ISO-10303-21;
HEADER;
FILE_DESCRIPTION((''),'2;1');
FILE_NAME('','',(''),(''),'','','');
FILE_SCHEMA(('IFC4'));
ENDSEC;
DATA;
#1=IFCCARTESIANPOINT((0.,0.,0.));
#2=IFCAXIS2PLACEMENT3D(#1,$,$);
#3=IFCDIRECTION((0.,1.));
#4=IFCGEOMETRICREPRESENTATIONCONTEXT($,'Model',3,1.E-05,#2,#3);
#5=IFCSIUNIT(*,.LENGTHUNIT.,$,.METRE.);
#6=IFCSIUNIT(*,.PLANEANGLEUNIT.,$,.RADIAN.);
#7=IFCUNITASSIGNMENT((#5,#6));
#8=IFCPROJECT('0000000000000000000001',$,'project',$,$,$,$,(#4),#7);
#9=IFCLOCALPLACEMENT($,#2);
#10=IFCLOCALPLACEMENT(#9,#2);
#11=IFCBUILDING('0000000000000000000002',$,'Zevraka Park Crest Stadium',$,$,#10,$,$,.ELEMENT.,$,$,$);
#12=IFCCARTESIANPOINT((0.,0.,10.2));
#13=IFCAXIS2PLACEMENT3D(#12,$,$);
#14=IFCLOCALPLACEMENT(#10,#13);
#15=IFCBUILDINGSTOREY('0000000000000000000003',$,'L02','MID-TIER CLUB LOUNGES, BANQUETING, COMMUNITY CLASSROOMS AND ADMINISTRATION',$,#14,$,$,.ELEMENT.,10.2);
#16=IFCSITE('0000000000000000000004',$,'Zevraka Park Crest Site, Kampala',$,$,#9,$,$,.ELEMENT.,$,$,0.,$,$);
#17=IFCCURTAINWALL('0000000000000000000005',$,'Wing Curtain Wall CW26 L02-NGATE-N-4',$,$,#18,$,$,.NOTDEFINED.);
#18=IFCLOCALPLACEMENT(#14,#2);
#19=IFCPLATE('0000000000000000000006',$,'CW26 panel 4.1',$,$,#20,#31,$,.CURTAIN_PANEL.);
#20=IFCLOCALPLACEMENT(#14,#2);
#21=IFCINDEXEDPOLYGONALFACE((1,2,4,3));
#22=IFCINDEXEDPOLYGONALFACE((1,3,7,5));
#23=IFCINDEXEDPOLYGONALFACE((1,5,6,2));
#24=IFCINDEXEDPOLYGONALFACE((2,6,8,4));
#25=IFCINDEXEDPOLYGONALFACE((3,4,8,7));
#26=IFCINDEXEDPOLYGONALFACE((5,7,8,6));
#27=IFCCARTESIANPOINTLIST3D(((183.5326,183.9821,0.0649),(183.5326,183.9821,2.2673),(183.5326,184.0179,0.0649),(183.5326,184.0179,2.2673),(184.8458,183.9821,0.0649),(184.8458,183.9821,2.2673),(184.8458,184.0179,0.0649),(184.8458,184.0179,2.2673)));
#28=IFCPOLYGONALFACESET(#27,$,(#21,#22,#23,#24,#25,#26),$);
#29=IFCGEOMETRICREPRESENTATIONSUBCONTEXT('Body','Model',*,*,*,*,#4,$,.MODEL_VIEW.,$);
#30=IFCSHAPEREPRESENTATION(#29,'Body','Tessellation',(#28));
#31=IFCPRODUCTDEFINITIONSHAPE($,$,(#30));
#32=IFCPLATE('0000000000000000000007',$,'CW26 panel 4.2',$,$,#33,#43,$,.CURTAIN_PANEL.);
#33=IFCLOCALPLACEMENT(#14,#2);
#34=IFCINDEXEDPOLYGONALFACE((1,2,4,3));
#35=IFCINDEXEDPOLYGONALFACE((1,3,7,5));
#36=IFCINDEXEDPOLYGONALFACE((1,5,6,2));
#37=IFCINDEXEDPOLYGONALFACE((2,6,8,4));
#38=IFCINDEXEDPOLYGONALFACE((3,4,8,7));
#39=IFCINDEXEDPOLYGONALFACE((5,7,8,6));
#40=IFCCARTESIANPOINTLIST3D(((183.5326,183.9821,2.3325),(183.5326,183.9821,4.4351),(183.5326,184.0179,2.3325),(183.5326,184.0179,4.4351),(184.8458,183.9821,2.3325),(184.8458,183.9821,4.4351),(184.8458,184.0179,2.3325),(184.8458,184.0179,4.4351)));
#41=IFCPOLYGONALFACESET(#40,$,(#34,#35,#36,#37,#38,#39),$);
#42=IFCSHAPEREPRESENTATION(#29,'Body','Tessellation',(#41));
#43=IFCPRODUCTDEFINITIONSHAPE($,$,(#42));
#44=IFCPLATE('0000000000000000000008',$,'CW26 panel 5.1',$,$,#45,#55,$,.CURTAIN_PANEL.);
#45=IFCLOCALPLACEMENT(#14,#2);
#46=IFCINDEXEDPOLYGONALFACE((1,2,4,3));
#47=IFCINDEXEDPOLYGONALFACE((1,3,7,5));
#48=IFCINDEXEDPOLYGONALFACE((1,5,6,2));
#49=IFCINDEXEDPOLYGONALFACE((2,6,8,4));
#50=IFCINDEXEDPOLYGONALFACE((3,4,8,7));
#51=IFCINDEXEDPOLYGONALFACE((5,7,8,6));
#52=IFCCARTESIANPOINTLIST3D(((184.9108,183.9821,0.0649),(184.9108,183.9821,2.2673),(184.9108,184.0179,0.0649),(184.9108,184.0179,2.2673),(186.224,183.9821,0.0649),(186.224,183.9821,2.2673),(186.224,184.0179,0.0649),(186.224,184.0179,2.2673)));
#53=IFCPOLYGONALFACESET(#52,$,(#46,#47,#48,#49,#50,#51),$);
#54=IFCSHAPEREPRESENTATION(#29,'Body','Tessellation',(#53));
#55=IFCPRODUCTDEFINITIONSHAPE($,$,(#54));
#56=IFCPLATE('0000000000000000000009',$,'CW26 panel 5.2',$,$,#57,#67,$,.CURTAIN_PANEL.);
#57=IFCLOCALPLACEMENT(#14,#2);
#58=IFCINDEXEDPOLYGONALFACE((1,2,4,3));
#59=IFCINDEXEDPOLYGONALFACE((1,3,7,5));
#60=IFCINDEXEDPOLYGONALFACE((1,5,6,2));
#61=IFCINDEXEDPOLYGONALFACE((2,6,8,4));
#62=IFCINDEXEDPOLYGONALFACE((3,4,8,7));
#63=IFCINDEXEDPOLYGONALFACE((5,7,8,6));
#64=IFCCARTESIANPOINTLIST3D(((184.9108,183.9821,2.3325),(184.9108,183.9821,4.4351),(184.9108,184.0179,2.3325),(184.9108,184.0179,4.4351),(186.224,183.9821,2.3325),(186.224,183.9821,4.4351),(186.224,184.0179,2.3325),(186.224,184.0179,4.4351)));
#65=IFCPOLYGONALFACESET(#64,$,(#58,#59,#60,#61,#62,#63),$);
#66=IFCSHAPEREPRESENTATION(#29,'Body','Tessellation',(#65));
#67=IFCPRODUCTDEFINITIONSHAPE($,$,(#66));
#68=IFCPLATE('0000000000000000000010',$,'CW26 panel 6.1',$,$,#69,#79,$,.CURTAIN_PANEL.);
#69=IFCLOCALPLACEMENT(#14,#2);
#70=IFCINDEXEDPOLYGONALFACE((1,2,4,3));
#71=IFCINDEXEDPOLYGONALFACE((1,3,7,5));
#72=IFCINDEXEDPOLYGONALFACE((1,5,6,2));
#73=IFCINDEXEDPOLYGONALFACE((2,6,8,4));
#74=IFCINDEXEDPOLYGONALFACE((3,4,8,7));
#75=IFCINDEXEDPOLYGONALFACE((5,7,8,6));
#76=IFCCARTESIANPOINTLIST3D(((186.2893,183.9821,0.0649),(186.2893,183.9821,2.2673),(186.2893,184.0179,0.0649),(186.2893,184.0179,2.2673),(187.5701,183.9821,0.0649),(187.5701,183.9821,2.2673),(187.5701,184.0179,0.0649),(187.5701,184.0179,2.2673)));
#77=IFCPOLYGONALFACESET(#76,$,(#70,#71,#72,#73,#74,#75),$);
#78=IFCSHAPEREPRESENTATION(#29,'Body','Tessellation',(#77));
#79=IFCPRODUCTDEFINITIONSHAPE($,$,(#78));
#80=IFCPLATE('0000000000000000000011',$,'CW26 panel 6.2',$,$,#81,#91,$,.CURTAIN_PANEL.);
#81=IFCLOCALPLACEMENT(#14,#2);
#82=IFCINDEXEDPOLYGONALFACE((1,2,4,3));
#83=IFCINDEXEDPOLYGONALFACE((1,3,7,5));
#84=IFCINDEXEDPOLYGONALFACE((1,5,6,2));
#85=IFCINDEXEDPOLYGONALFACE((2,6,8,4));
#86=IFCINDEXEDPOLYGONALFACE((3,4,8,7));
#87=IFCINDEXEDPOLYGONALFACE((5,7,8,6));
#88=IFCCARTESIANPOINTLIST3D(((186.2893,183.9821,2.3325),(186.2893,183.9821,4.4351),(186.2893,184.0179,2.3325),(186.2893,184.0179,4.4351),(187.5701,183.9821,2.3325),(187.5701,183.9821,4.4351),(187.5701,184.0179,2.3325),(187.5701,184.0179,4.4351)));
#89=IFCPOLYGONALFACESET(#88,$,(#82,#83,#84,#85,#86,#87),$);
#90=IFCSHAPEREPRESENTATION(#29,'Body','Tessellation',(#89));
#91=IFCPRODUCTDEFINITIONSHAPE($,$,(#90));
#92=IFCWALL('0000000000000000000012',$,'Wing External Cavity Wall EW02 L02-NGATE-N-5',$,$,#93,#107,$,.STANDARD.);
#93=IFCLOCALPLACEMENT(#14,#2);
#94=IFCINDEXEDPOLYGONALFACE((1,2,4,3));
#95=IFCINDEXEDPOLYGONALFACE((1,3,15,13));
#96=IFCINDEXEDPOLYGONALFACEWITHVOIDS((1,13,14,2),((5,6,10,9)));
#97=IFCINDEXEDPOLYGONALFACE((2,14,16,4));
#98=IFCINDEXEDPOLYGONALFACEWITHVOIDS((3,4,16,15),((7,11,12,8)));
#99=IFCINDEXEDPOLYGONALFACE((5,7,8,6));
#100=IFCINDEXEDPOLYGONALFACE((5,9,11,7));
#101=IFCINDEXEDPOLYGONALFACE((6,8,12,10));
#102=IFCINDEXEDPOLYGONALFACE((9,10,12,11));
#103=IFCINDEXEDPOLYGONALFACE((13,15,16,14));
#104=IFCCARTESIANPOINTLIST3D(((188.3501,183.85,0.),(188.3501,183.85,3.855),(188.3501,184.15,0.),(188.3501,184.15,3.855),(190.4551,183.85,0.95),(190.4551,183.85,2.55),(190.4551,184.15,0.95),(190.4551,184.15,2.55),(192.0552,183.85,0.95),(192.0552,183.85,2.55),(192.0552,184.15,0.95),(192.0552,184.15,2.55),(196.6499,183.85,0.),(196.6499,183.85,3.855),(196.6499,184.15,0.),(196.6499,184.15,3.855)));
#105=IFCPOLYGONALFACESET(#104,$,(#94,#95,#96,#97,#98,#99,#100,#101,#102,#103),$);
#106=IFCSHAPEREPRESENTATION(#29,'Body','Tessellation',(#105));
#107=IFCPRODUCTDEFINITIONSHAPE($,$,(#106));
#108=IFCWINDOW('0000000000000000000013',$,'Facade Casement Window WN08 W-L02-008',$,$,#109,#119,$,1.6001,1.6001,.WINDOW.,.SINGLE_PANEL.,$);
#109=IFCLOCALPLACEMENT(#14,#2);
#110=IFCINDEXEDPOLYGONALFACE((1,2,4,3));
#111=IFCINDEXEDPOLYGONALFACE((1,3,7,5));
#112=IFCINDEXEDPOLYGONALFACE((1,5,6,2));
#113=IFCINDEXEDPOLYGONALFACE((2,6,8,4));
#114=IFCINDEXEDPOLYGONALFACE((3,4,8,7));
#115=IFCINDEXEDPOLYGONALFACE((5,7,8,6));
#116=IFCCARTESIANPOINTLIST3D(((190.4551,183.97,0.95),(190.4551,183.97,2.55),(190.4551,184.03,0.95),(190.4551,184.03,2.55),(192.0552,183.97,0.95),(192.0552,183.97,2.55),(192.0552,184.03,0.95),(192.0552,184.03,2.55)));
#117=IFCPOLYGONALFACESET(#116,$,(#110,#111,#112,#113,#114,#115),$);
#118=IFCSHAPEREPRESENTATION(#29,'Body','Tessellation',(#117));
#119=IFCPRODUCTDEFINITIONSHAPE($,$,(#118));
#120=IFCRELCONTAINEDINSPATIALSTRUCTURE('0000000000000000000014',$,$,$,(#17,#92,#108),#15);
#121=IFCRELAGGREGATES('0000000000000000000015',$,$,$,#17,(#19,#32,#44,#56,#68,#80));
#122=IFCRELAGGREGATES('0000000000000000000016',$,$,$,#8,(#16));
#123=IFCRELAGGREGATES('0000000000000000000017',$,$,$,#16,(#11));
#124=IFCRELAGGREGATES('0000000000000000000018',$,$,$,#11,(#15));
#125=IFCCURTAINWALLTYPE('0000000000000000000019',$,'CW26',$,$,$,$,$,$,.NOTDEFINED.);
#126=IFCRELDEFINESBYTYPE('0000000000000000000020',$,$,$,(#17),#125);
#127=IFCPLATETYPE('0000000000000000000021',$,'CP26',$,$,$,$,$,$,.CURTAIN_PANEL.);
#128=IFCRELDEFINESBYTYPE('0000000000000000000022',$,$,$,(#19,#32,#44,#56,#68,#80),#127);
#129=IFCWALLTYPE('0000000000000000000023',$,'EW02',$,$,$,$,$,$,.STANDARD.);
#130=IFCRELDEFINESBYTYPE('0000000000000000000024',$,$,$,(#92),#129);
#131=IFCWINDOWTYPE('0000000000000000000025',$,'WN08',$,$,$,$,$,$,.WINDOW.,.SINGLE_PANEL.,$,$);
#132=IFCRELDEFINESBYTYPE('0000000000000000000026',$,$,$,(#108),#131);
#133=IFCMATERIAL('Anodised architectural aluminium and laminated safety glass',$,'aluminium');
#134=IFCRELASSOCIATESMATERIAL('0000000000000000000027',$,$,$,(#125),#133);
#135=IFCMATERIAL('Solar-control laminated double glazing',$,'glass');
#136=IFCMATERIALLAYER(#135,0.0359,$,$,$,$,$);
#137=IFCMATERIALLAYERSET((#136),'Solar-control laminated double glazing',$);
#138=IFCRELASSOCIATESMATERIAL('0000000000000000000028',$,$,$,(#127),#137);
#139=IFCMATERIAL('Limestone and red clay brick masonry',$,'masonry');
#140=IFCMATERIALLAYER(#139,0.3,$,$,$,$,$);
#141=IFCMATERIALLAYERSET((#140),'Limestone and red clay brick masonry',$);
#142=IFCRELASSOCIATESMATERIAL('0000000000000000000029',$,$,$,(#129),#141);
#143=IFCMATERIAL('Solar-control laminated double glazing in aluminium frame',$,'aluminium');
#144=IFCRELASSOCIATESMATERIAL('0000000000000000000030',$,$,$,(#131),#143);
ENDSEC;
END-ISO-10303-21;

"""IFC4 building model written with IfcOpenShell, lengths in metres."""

from ifc_helpers import new_model, si_unit, direction, frame, frame_2d, origin, origin_2d, place, context, subcontext, project, spatial, rectangle, extrude, material, layer, layer_set, type_object, element, fill, aggregate, save


model = new_model("IFC4")

# Units and contexts
model_context = context("Model", 3, precision=1e-05, world=origin(), true_north=direction((0.0, 1.0)))
body_context = subcontext(model_context, "Body", "Model", "MODEL_VIEW")
ifc_project = project(units=[si_unit("LENGTHUNIT", "METRE"), si_unit("PLANEANGLEUNIT", "RADIAN")], contexts=[model_context])

# Site, building, storey
site_placement = place(None, origin())
site = spatial("IfcSite", under=ifc_project, at=site_placement, Name="Zevraka Park Crest Site, Kampala", CompositionType="ELEMENT", RefElevation=0.0)
building_placement = place(site_placement, origin())
building = spatial("IfcBuilding", under=site, at=building_placement, Name="Zevraka Park Crest Stadium", CompositionType="ELEMENT")
storey_placement = place(building_placement, frame((0.0, 0.0, 10.2)))
storey = spatial("IfcBuildingStorey", under=building, at=storey_placement, Name="L02", Description="MID-TIER CLUB LOUNGES, BANQUETING, COMMUNITY CLASSROOMS AND ADMINISTRATION", CompositionType="ELEMENT", Elevation=10.2)

# Curtain wall, plates
ifc_material_1 = material(Name="Anodised architectural aluminium and laminated safety glass", Category="aluminium")
curtain_wall_type = type_object("IfcCurtainWallType", Name="CW26", PredefinedType="NOTDEFINED", material=ifc_material_1)
curtain_wall_placement = place(storey_placement, origin())
curtain_wall = element("IfcCurtainWall", 1, at=curtain_wall_placement, inside=storey, type_object=curtain_wall_type, Name="Wing Curtain Wall CW26 L02-NGATE-N-4", PredefinedType="NOTDEFINED")
ifc_material_2 = material(Name="Solar-control laminated double glazing", Category="glass")
ifc_layer_1 = layer(ifc_material_2, 0.0359)
ifc_layer_set_1 = layer_set([ifc_layer_1], Name="Solar-control laminated double glazing")
plate_type = type_object("IfcPlateType", Name="CP26", PredefinedType="CURTAIN_PANEL", material=ifc_layer_set_1)
plate_1_placement = place(storey_placement, frame((184.1892, 184.0, 0.0649), z_axis=(0.0, 0.0, 1.0), x_axis=(1.0, 0.0, 0.0)))
plate_1 = element("IfcPlate", 2, at=plate_1_placement, type_object=plate_type, Name="CW26 panel 4.1", PredefinedType="CURTAIN_PANEL", context=body_context, shape_type="SweptSolid", body=[
    extrude(rectangle(XDim=1.3132, YDim=0.0359, at=origin_2d()), origin(), (0.0, 0.0, 1.0), 2.2024),
])
plate_2_placement = place(storey_placement, frame((184.1892, 184.0, 2.3325), z_axis=(0.0, 0.0, 1.0), x_axis=(1.0, 0.0, 0.0)))
plate_2 = element("IfcPlate", 3, at=plate_2_placement, type_object=plate_type, Name="CW26 panel 4.2", PredefinedType="CURTAIN_PANEL", context=body_context, shape_type="SweptSolid", body=[
    extrude(rectangle(XDim=1.3132, YDim=0.0359, at=origin_2d()), origin(), (0.0, 0.0, 1.0), 2.1025),
])
plate_3_placement = place(storey_placement, frame((185.5674, 184.0, 0.0649), z_axis=(0.0, 0.0, 1.0), x_axis=(1.0, 0.0, 0.0)))
plate_3 = element("IfcPlate", 4, at=plate_3_placement, type_object=plate_type, Name="CW26 panel 5.1", PredefinedType="CURTAIN_PANEL", context=body_context, shape_type="SweptSolid", body=[
    extrude(rectangle(XDim=1.3132, YDim=0.0359, at=origin_2d()), origin(), (0.0, 0.0, 1.0), 2.2024),
])
plate_4_placement = place(storey_placement, frame((185.5674, 184.0, 2.3325), z_axis=(0.0, 0.0, 1.0), x_axis=(1.0, 0.0, 0.0)))
plate_4 = element("IfcPlate", 5, at=plate_4_placement, type_object=plate_type, Name="CW26 panel 5.2", PredefinedType="CURTAIN_PANEL", context=body_context, shape_type="SweptSolid", body=[
    extrude(rectangle(XDim=1.3132, YDim=0.0359, at=origin_2d()), origin(), (0.0, 0.0, 1.0), 2.1025),
])
plate_5_placement = place(storey_placement, frame((186.9297, 184.0, 0.0649), z_axis=(0.0, 0.0, 1.0), x_axis=(1.0, 0.0, 0.0)))
plate_5 = element("IfcPlate", 6, at=plate_5_placement, type_object=plate_type, Name="CW26 panel 6.1", PredefinedType="CURTAIN_PANEL", context=body_context, shape_type="SweptSolid", body=[
    extrude(rectangle(XDim=1.2808, YDim=0.0359, at=origin_2d()), origin(), (0.0, 0.0, 1.0), 2.2024),
])
plate_6_placement = place(storey_placement, frame((186.9297, 184.0, 2.3325), z_axis=(0.0, 0.0, 1.0), x_axis=(1.0, 0.0, 0.0)))
plate_6 = element("IfcPlate", 7, at=plate_6_placement, type_object=plate_type, Name="CW26 panel 6.2", PredefinedType="CURTAIN_PANEL", context=body_context, shape_type="SweptSolid", body=[
    extrude(rectangle(XDim=1.2808, YDim=0.0359, at=origin_2d()), origin(), (0.0, 0.0, 1.0), 2.1025),
])
aggregate(curtain_wall, [plate_1, plate_2, plate_3, plate_4, plate_5, plate_6])

# Wall, opening, window
ifc_material_3 = material(Name="Limestone and red clay brick masonry", Category="masonry")
ifc_layer_2 = layer(ifc_material_3, 0.3)
ifc_layer_set_2 = layer_set([ifc_layer_2], Name="Limestone and red clay brick masonry")
wall_type = type_object("IfcWallType", Name="EW02", PredefinedType="STANDARD", material=ifc_layer_set_2)
wall_placement = place(storey_placement, frame((188.3501, 184.0, 0.0), z_axis=(0.0, 0.0, 1.0), x_axis=(1.0, 0.0, 0.0)))
wall = element("IfcWall", 8, at=wall_placement, inside=storey, type_object=wall_type, Name="Wing External Cavity Wall EW02 L02-NGATE-N-5", PredefinedType="STANDARD", context=body_context, shape_type="SweptSolid", body=[
    extrude(rectangle(XDim=8.2998, YDim=0.3, at=frame_2d((4.1499, 0.0))), origin(), (0.0, 0.0, 1.0), 3.855),
])
opening_placement = place(wall_placement, frame((2.105, 0.0, 0.95)))
opening = element("IfcOpeningElement", 9, at=opening_placement, cuts=wall, PredefinedType="OPENING", context=body_context, shape_type="SweptSolid", body=[
    extrude(rectangle(XDim=1.6001, YDim=1.6001, at=frame_2d((0.8, 0.8))), frame((0.0, 0.1599, 0.0), z_axis=(0.0, -1.0, 0.0), x_axis=(1.0, 0.0, 0.0)), (0.0, 0.0, 1.0), 0.3201),
])
ifc_material_4 = material(Name="Solar-control laminated double glazing in aluminium frame", Category="aluminium")
window_type = type_object("IfcWindowType", Name="WN08", PartitioningType="SINGLE_PANEL", PredefinedType="WINDOW", material=ifc_material_4)
window_placement = place(opening_placement, origin())
window = element("IfcWindow", 10, at=window_placement, inside=storey, type_object=window_type, Name="Facade Casement Window WN08 W-L02-008", OverallHeight=1.6001, OverallWidth=1.6001, PartitioningType="SINGLE_PANEL", PredefinedType="WINDOW", context=body_context, shape_type="SweptSolid", body=[
    extrude(rectangle(XDim=1.6001, YDim=1.6001, at=frame_2d((0.8, 0.8))), frame((0.0, 0.03, 0.0), z_axis=(0.0, -1.0, 0.0), x_axis=(1.0, 0.0, 0.0)), (0.0, 0.0, 1.0), 0.0601),
])
fill(opening, window)

save(model, "model.ifc")
